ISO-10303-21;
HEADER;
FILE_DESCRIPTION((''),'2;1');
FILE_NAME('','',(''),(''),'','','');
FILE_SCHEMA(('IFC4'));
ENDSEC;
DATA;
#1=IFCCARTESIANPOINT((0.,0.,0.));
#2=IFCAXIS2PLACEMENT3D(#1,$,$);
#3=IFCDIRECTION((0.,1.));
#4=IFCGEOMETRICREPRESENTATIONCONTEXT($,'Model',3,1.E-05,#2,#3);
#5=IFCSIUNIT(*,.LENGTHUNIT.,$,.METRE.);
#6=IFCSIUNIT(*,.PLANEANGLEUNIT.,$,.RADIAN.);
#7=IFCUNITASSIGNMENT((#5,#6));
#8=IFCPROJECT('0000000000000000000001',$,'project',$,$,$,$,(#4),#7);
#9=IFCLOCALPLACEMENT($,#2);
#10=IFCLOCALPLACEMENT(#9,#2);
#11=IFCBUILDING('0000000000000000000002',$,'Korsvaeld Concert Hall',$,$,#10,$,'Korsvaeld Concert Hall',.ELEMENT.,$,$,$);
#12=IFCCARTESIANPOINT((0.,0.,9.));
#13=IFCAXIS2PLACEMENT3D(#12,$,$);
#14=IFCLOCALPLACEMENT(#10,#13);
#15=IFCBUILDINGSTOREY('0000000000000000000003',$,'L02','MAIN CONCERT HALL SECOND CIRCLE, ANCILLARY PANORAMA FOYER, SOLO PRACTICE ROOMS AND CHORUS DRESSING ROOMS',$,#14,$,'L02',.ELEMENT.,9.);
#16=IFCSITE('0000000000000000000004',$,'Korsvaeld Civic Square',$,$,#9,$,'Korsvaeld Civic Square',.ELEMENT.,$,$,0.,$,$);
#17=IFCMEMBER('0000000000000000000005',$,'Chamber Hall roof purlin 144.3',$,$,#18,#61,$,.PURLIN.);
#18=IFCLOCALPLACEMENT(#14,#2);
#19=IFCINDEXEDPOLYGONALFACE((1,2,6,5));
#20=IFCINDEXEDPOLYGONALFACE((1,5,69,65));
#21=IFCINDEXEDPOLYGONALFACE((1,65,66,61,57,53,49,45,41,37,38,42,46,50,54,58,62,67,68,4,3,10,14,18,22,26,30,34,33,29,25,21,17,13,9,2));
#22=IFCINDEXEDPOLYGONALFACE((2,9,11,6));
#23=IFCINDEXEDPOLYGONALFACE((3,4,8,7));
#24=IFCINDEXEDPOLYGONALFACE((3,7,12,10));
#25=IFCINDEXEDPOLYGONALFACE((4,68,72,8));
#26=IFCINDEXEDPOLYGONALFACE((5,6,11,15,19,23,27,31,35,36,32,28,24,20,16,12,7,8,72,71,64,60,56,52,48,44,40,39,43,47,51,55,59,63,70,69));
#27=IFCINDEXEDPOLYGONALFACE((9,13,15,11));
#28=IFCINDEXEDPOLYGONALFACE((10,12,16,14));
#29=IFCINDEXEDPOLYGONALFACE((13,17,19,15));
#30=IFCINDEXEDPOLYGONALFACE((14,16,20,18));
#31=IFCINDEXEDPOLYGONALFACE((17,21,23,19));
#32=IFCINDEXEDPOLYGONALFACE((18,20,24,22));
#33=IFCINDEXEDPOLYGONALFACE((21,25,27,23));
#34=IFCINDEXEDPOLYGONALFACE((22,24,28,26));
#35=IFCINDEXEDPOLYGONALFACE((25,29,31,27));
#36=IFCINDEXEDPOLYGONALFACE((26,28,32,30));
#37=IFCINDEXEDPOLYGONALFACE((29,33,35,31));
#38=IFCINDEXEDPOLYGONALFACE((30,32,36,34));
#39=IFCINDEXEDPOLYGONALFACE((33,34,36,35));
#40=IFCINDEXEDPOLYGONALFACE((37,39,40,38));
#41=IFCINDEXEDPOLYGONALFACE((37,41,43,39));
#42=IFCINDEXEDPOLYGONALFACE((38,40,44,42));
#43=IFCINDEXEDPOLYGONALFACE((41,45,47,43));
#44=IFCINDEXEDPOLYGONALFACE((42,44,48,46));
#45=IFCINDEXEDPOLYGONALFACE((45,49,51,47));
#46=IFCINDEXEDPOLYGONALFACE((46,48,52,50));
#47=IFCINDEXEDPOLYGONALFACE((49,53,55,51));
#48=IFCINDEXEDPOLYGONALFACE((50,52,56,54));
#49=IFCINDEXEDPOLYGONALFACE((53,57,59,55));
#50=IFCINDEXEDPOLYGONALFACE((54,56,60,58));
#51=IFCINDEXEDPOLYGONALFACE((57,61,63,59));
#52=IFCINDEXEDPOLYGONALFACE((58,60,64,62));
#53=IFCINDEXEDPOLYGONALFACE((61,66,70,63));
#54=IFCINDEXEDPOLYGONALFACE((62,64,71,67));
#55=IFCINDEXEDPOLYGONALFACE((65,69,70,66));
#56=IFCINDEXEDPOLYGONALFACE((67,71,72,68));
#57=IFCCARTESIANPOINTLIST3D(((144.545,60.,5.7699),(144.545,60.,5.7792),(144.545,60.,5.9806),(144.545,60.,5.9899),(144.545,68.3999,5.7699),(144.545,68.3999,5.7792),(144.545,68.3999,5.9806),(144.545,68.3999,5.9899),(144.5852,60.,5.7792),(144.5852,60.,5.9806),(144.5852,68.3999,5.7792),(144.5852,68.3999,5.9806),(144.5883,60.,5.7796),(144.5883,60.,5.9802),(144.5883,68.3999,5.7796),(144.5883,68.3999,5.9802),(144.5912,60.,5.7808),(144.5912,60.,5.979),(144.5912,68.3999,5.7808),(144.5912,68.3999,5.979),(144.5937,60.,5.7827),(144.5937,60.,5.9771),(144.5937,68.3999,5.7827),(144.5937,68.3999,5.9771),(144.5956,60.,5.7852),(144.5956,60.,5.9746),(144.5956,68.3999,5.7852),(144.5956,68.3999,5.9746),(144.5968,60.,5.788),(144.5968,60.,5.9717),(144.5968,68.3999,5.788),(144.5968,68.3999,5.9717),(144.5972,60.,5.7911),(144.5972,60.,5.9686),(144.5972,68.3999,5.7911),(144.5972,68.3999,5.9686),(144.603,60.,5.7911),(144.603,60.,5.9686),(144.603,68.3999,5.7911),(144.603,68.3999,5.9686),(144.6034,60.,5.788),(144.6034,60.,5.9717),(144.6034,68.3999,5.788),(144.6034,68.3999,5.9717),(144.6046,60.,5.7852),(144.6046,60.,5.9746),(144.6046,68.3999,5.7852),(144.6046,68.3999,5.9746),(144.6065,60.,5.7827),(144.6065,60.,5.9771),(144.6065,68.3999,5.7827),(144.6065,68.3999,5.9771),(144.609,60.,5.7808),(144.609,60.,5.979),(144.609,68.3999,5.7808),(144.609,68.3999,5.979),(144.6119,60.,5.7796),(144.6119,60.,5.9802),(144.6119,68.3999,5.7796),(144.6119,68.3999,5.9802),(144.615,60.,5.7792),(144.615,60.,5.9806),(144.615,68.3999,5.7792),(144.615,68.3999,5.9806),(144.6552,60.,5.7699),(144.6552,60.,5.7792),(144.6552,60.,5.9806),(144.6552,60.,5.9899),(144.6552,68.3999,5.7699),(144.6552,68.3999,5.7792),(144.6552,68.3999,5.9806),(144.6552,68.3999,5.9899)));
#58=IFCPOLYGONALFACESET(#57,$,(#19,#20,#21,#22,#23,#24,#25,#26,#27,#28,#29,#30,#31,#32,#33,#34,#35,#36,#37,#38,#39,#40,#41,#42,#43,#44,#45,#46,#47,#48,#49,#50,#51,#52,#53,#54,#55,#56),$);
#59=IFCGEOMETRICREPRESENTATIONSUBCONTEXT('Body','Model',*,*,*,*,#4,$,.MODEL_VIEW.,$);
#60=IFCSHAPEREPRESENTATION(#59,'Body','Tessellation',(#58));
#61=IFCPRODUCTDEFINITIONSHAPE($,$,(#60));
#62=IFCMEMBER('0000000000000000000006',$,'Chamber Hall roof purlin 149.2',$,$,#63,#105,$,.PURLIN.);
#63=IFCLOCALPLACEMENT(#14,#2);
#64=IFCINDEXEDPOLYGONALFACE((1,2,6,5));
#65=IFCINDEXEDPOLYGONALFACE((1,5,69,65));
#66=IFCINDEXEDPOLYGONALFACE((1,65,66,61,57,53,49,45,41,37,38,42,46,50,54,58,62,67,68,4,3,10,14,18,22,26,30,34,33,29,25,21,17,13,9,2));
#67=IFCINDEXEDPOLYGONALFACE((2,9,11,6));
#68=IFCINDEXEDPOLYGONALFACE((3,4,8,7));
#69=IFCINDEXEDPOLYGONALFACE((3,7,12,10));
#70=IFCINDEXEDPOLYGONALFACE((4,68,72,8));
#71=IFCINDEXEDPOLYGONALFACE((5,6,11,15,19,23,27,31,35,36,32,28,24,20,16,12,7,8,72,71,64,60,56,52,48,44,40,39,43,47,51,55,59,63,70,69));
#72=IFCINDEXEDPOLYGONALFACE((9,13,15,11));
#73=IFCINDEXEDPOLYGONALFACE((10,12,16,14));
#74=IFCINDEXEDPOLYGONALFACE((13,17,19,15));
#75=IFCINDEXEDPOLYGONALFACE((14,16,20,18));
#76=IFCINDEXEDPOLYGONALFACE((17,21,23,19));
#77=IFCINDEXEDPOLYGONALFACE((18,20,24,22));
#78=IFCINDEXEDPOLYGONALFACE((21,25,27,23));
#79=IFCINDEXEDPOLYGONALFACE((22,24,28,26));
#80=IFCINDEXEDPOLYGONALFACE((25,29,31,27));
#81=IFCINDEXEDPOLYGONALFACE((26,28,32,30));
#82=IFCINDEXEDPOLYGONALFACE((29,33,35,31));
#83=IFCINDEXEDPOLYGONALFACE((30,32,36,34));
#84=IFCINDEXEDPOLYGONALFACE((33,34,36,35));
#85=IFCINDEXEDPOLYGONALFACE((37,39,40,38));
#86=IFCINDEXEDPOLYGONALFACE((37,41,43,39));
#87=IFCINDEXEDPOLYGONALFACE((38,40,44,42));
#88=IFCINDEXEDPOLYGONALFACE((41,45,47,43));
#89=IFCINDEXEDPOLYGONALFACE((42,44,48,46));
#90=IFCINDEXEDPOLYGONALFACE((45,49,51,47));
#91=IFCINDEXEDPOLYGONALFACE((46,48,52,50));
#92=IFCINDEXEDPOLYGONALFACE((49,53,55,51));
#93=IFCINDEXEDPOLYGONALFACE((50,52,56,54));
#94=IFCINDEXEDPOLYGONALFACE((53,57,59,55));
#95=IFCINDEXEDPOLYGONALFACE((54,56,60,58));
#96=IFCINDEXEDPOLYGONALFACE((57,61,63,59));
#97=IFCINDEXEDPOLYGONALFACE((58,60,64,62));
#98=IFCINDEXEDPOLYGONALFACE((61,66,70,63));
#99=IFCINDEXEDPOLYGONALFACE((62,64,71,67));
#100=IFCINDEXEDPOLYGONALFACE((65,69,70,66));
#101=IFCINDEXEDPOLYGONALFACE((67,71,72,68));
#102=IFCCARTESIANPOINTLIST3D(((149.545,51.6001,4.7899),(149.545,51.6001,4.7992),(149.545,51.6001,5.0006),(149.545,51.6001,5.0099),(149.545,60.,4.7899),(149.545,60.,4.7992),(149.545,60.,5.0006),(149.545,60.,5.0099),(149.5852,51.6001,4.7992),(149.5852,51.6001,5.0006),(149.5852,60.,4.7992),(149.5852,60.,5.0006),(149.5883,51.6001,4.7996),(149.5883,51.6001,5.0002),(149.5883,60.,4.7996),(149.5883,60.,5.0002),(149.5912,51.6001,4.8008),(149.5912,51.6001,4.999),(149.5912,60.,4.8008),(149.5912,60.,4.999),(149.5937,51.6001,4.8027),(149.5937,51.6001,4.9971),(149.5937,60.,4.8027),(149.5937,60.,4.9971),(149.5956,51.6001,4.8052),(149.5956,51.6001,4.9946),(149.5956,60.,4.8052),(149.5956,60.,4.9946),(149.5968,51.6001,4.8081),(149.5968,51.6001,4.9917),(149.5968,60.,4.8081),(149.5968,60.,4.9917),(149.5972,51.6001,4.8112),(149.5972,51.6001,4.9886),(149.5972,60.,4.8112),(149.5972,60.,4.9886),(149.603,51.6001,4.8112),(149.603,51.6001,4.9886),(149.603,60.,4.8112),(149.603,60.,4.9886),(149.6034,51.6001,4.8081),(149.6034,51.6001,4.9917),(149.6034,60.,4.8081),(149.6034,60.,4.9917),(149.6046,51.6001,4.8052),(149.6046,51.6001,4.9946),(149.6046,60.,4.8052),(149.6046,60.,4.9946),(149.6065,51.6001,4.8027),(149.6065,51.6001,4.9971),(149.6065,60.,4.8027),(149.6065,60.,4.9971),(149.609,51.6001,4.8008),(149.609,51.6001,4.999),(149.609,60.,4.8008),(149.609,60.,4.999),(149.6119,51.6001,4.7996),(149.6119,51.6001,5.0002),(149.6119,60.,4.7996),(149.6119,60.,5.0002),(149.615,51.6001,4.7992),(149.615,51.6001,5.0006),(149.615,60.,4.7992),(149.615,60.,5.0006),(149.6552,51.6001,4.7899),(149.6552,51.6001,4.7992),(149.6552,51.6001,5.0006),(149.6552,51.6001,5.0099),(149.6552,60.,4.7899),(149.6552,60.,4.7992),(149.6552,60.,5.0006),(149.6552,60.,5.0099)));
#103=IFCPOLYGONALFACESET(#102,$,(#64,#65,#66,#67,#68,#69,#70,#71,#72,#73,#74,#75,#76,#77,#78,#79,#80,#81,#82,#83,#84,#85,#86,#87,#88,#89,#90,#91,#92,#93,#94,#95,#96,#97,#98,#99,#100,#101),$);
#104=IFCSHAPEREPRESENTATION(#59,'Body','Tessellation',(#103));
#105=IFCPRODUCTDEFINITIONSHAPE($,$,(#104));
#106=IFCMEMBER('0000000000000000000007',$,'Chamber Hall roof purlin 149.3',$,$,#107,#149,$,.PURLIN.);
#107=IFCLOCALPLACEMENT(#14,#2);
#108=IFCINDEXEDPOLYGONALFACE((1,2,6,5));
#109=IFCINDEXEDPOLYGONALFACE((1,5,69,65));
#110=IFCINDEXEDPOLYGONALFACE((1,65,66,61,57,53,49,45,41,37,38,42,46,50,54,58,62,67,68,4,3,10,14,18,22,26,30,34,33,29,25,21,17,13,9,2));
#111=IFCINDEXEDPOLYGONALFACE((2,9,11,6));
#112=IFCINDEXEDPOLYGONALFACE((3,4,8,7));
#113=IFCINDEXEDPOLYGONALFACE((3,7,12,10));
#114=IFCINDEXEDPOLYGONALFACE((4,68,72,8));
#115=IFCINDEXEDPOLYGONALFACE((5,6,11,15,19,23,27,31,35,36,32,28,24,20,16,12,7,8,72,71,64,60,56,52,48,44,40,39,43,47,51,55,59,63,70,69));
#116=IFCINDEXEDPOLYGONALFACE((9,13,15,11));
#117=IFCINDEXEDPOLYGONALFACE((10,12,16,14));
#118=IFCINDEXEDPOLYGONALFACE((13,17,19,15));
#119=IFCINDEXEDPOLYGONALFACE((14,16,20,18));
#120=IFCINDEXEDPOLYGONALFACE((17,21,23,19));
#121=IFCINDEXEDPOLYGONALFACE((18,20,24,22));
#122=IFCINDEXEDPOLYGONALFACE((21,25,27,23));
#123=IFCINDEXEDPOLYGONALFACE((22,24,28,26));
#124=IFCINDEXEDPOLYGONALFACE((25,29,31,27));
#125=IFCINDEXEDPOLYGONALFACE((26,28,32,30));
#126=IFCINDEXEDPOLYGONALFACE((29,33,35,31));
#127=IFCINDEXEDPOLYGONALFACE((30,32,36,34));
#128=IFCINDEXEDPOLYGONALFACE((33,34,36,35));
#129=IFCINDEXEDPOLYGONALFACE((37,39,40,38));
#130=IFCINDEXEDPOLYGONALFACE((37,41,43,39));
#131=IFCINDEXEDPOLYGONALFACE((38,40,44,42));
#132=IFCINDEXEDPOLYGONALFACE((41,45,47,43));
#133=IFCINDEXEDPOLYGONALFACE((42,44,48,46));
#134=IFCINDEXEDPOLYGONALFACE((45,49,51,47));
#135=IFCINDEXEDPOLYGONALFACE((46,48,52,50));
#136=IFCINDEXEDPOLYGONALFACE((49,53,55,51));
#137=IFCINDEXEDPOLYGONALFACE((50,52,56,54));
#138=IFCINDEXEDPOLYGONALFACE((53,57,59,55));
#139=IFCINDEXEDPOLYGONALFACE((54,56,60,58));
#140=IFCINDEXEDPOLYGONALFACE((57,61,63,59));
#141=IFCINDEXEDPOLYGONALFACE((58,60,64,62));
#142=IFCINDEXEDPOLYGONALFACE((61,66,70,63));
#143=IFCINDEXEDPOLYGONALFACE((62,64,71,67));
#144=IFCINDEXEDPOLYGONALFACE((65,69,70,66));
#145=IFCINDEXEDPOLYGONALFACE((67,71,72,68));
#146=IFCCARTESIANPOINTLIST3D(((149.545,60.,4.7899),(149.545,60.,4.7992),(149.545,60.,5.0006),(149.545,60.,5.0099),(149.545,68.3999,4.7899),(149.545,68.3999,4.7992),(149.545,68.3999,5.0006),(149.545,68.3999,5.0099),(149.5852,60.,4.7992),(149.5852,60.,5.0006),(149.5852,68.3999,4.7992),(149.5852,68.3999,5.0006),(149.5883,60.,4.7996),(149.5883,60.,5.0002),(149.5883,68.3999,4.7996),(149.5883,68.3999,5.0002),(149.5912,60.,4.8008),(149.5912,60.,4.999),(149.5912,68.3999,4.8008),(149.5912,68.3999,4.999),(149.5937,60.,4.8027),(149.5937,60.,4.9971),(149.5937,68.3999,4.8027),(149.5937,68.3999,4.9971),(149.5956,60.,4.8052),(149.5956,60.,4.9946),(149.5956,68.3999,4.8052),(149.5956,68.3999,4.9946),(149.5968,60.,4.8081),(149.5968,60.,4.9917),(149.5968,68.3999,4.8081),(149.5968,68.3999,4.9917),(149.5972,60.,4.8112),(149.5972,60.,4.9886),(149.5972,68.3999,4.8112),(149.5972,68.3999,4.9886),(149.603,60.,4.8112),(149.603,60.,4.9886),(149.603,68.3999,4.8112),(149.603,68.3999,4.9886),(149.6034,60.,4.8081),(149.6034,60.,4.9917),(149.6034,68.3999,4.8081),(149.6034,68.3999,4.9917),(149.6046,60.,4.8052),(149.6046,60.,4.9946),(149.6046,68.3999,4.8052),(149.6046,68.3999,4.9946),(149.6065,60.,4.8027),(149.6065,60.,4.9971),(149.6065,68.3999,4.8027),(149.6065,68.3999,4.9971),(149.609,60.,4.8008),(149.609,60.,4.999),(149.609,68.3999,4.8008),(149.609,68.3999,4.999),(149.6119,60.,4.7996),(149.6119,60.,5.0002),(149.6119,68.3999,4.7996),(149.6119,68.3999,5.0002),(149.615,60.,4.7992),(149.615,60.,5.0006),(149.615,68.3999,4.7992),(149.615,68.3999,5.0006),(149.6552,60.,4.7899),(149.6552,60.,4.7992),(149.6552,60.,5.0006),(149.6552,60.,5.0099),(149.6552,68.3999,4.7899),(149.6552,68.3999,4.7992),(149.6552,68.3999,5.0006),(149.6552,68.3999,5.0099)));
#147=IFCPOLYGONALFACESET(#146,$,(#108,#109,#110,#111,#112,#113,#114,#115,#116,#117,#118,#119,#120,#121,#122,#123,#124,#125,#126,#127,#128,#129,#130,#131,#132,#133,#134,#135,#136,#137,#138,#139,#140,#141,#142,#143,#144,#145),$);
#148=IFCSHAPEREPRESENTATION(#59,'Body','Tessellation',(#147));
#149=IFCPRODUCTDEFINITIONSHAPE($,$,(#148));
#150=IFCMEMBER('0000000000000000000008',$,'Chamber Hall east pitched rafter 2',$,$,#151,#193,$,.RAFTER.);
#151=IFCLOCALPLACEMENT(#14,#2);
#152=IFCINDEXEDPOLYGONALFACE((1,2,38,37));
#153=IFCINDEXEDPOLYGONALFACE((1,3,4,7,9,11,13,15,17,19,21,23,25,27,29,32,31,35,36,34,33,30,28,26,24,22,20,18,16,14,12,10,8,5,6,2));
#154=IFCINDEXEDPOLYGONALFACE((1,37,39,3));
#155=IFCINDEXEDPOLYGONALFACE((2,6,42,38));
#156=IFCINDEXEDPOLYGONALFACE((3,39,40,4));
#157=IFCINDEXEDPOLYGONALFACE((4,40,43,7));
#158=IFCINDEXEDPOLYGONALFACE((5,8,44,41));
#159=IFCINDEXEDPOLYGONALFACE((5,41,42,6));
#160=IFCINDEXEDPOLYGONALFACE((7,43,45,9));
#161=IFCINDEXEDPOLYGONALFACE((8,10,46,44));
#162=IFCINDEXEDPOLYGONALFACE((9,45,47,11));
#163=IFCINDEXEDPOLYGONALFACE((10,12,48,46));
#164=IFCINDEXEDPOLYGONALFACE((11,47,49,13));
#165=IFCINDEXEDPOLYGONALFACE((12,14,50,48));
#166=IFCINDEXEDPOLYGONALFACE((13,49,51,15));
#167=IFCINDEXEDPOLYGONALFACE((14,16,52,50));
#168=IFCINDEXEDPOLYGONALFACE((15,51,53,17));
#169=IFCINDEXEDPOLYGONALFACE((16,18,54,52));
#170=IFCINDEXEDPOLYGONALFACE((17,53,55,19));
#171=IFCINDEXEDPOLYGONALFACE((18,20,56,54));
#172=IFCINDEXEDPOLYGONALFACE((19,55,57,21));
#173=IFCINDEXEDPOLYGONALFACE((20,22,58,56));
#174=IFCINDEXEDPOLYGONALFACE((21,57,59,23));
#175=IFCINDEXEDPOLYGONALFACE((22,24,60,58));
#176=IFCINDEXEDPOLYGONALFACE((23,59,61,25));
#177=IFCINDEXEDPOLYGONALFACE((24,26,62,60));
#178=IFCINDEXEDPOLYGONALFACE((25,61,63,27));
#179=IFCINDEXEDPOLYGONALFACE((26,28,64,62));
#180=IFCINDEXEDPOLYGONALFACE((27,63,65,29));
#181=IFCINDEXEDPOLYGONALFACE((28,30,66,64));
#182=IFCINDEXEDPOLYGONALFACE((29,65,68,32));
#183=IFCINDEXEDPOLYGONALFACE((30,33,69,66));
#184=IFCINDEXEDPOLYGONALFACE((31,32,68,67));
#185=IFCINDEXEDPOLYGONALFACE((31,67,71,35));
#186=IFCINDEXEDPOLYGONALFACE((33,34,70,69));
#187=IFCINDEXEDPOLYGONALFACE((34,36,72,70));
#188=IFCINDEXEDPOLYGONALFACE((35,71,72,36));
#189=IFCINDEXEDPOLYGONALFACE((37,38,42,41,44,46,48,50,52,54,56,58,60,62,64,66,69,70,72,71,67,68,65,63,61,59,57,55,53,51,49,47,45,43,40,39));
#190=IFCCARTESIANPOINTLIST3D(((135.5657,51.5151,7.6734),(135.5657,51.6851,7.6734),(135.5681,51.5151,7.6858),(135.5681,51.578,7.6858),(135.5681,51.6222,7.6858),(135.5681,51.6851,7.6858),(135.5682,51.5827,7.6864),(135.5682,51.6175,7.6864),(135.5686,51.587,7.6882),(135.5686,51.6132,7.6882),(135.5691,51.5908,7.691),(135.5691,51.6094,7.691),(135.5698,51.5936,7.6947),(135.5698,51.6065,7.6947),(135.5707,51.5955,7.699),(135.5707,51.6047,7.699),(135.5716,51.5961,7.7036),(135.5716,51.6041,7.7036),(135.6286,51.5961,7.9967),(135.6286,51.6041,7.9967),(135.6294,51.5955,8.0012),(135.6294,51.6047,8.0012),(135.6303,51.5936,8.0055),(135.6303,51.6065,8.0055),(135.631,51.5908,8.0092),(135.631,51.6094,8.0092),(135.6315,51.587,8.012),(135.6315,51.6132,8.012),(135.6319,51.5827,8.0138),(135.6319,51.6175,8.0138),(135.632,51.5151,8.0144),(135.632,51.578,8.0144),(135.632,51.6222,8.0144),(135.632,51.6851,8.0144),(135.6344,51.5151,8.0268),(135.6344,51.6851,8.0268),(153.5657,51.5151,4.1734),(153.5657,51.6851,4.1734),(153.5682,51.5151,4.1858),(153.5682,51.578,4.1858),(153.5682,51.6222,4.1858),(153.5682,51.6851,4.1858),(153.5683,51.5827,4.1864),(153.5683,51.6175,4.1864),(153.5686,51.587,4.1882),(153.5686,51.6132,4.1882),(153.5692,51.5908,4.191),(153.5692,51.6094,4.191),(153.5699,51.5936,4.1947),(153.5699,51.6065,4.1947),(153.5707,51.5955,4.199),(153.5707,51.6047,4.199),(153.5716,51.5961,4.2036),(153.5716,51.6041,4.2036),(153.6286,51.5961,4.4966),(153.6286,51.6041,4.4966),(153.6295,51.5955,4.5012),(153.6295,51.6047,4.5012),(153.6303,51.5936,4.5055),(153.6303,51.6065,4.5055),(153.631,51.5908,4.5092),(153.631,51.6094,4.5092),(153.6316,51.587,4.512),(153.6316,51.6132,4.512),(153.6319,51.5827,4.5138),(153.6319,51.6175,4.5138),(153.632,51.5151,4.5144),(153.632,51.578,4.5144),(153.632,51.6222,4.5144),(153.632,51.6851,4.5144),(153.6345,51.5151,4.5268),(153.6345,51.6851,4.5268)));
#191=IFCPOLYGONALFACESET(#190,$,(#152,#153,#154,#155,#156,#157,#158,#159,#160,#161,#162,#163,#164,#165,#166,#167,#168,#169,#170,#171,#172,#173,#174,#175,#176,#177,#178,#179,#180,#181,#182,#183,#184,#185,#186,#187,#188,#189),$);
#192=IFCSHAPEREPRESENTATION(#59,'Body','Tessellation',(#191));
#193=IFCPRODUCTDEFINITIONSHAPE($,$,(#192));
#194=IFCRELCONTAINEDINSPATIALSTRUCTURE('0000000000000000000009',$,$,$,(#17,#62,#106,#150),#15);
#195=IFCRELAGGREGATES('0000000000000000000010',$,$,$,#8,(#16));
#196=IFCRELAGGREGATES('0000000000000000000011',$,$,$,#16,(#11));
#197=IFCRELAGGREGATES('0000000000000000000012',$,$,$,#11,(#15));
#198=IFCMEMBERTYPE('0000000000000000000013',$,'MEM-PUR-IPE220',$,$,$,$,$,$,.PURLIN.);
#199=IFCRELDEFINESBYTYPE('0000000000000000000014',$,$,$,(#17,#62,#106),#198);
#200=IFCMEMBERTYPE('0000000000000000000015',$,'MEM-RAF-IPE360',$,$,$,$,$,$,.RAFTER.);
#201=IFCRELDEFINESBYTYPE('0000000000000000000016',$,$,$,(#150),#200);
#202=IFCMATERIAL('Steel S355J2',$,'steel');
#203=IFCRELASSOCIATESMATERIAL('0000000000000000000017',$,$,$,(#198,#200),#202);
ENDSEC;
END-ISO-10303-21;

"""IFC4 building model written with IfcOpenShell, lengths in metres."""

from ifc_helpers import new_model, si_unit, direction, frame, origin, origin_2d, place, context, subcontext, project, spatial, i_section, extrude, material, material_profile, profile_set, type_object, element, save


model = new_model("IFC4")

# Units and contexts
model_context = context("Model", 3, precision=1e-05, world=origin(), true_north=direction((0.0, 1.0)))
body_context = subcontext(model_context, "Body", "Model", "MODEL_VIEW")
ifc_project = project(units=[si_unit("LENGTHUNIT", "METRE"), si_unit("PLANEANGLEUNIT", "RADIAN")], contexts=[model_context])

# Site, building, storey
site_placement = place(None, origin())
site = spatial("IfcSite", under=ifc_project, at=site_placement, Name="Korsvaeld Civic Square", LongName="Korsvaeld Civic Square", CompositionType="ELEMENT", RefElevation=0.0)
building_placement = place(site_placement, origin())
building = spatial("IfcBuilding", under=site, at=building_placement, Name="Korsvaeld Concert Hall", LongName="Korsvaeld Concert Hall", CompositionType="ELEMENT")
storey_placement = place(building_placement, frame((0.0, 0.0, 9.0)))
storey = spatial("IfcBuildingStorey", under=building, at=storey_placement, Name="L02", Description="MAIN CONCERT HALL SECOND CIRCLE, ANCILLARY PANORAMA FOYER, SOLO PRACTICE ROOMS AND CHORUS DRESSING ROOMS", LongName="L02", CompositionType="ELEMENT", Elevation=9.0)

# Members
ifc_material_1 = material(Name="Steel S355J2", Category="steel")
ifc_material_profile_1 = material_profile(ifc_material_1, i_section(OverallWidth=0.1101, OverallDepth=0.22, WebThickness=0.0059, FlangeThickness=0.0093, FilletRadius=0.012, at=origin_2d()), Name="IPE 220")
ifc_profile_set_1 = profile_set([ifc_material_profile_1], Name="Steel S355J2")
member_type_1 = type_object("IfcMemberType", Name="MEM-PUR-IPE220", PredefinedType="PURLIN", material=ifc_profile_set_1)
for number, where, z_axis, x_axis, name in (
    (1, (144.6001, 60.0, 5.8799), (0.0, 1.0, 0.0), (-1.0, 0.0, 0.0), "Chamber Hall roof purlin 144.3"),
    (2, (149.6001, 51.6001, 4.8999), (0.0, 1.0, 0.0), (-1.0, 0.0, 0.0), "Chamber Hall roof purlin 149.2"),
    (3, (149.6001, 60.0, 4.8999), (0.0, 1.0, 0.0), (-1.0, 0.0, 0.0), "Chamber Hall roof purlin 149.3"),
):
    element("IfcMember", number, at=place(storey_placement, frame(where, z_axis=z_axis, x_axis=x_axis)), inside=storey, type_object=member_type_1, Name=name, PredefinedType="PURLIN", context=body_context, shape_type="SweptSolid", body=[
        extrude(i_section(OverallWidth=0.1101, OverallDepth=0.22, WebThickness=0.0059, FlangeThickness=0.0093, FilletRadius=0.012, at=origin_2d()), origin(), (0.0, 0.0, 1.0), 8.3999),
    ])
ifc_material_profile_2 = material_profile(ifc_material_1, i_section(OverallWidth=0.1699, OverallDepth=0.3601, WebThickness=0.0081, FlangeThickness=0.0127, FilletRadius=0.0181, at=origin_2d()), Name="IPE 360")
ifc_profile_set_2 = profile_set([ifc_material_profile_2], Name="Steel S355J2")
member_type_2 = type_object("IfcMemberType", Name="MEM-RAF-IPE360", PredefinedType="RAFTER", material=ifc_profile_set_2)
for number, where, z_axis, x_axis, name in (
    (4, (153.6001, 51.6001, 4.3501), (-0.981615, 0.0, 0.19087), (0.0, -1.0, 0.0), "Chamber Hall east pitched rafter 2"),
):
    element("IfcMember", number, at=place(storey_placement, frame(where, z_axis=z_axis, x_axis=x_axis)), inside=storey, type_object=member_type_2, Name=name, PredefinedType="RAFTER", context=body_context, shape_type="SweptSolid", body=[
        extrude(i_section(OverallWidth=0.1699, OverallDepth=0.3601, WebThickness=0.0081, FlangeThickness=0.0127, FilletRadius=0.0181, at=origin_2d()), origin(), (0.0, 0.0, 1.0), 18.3372),
    ])

save(model, "model.ifc")
